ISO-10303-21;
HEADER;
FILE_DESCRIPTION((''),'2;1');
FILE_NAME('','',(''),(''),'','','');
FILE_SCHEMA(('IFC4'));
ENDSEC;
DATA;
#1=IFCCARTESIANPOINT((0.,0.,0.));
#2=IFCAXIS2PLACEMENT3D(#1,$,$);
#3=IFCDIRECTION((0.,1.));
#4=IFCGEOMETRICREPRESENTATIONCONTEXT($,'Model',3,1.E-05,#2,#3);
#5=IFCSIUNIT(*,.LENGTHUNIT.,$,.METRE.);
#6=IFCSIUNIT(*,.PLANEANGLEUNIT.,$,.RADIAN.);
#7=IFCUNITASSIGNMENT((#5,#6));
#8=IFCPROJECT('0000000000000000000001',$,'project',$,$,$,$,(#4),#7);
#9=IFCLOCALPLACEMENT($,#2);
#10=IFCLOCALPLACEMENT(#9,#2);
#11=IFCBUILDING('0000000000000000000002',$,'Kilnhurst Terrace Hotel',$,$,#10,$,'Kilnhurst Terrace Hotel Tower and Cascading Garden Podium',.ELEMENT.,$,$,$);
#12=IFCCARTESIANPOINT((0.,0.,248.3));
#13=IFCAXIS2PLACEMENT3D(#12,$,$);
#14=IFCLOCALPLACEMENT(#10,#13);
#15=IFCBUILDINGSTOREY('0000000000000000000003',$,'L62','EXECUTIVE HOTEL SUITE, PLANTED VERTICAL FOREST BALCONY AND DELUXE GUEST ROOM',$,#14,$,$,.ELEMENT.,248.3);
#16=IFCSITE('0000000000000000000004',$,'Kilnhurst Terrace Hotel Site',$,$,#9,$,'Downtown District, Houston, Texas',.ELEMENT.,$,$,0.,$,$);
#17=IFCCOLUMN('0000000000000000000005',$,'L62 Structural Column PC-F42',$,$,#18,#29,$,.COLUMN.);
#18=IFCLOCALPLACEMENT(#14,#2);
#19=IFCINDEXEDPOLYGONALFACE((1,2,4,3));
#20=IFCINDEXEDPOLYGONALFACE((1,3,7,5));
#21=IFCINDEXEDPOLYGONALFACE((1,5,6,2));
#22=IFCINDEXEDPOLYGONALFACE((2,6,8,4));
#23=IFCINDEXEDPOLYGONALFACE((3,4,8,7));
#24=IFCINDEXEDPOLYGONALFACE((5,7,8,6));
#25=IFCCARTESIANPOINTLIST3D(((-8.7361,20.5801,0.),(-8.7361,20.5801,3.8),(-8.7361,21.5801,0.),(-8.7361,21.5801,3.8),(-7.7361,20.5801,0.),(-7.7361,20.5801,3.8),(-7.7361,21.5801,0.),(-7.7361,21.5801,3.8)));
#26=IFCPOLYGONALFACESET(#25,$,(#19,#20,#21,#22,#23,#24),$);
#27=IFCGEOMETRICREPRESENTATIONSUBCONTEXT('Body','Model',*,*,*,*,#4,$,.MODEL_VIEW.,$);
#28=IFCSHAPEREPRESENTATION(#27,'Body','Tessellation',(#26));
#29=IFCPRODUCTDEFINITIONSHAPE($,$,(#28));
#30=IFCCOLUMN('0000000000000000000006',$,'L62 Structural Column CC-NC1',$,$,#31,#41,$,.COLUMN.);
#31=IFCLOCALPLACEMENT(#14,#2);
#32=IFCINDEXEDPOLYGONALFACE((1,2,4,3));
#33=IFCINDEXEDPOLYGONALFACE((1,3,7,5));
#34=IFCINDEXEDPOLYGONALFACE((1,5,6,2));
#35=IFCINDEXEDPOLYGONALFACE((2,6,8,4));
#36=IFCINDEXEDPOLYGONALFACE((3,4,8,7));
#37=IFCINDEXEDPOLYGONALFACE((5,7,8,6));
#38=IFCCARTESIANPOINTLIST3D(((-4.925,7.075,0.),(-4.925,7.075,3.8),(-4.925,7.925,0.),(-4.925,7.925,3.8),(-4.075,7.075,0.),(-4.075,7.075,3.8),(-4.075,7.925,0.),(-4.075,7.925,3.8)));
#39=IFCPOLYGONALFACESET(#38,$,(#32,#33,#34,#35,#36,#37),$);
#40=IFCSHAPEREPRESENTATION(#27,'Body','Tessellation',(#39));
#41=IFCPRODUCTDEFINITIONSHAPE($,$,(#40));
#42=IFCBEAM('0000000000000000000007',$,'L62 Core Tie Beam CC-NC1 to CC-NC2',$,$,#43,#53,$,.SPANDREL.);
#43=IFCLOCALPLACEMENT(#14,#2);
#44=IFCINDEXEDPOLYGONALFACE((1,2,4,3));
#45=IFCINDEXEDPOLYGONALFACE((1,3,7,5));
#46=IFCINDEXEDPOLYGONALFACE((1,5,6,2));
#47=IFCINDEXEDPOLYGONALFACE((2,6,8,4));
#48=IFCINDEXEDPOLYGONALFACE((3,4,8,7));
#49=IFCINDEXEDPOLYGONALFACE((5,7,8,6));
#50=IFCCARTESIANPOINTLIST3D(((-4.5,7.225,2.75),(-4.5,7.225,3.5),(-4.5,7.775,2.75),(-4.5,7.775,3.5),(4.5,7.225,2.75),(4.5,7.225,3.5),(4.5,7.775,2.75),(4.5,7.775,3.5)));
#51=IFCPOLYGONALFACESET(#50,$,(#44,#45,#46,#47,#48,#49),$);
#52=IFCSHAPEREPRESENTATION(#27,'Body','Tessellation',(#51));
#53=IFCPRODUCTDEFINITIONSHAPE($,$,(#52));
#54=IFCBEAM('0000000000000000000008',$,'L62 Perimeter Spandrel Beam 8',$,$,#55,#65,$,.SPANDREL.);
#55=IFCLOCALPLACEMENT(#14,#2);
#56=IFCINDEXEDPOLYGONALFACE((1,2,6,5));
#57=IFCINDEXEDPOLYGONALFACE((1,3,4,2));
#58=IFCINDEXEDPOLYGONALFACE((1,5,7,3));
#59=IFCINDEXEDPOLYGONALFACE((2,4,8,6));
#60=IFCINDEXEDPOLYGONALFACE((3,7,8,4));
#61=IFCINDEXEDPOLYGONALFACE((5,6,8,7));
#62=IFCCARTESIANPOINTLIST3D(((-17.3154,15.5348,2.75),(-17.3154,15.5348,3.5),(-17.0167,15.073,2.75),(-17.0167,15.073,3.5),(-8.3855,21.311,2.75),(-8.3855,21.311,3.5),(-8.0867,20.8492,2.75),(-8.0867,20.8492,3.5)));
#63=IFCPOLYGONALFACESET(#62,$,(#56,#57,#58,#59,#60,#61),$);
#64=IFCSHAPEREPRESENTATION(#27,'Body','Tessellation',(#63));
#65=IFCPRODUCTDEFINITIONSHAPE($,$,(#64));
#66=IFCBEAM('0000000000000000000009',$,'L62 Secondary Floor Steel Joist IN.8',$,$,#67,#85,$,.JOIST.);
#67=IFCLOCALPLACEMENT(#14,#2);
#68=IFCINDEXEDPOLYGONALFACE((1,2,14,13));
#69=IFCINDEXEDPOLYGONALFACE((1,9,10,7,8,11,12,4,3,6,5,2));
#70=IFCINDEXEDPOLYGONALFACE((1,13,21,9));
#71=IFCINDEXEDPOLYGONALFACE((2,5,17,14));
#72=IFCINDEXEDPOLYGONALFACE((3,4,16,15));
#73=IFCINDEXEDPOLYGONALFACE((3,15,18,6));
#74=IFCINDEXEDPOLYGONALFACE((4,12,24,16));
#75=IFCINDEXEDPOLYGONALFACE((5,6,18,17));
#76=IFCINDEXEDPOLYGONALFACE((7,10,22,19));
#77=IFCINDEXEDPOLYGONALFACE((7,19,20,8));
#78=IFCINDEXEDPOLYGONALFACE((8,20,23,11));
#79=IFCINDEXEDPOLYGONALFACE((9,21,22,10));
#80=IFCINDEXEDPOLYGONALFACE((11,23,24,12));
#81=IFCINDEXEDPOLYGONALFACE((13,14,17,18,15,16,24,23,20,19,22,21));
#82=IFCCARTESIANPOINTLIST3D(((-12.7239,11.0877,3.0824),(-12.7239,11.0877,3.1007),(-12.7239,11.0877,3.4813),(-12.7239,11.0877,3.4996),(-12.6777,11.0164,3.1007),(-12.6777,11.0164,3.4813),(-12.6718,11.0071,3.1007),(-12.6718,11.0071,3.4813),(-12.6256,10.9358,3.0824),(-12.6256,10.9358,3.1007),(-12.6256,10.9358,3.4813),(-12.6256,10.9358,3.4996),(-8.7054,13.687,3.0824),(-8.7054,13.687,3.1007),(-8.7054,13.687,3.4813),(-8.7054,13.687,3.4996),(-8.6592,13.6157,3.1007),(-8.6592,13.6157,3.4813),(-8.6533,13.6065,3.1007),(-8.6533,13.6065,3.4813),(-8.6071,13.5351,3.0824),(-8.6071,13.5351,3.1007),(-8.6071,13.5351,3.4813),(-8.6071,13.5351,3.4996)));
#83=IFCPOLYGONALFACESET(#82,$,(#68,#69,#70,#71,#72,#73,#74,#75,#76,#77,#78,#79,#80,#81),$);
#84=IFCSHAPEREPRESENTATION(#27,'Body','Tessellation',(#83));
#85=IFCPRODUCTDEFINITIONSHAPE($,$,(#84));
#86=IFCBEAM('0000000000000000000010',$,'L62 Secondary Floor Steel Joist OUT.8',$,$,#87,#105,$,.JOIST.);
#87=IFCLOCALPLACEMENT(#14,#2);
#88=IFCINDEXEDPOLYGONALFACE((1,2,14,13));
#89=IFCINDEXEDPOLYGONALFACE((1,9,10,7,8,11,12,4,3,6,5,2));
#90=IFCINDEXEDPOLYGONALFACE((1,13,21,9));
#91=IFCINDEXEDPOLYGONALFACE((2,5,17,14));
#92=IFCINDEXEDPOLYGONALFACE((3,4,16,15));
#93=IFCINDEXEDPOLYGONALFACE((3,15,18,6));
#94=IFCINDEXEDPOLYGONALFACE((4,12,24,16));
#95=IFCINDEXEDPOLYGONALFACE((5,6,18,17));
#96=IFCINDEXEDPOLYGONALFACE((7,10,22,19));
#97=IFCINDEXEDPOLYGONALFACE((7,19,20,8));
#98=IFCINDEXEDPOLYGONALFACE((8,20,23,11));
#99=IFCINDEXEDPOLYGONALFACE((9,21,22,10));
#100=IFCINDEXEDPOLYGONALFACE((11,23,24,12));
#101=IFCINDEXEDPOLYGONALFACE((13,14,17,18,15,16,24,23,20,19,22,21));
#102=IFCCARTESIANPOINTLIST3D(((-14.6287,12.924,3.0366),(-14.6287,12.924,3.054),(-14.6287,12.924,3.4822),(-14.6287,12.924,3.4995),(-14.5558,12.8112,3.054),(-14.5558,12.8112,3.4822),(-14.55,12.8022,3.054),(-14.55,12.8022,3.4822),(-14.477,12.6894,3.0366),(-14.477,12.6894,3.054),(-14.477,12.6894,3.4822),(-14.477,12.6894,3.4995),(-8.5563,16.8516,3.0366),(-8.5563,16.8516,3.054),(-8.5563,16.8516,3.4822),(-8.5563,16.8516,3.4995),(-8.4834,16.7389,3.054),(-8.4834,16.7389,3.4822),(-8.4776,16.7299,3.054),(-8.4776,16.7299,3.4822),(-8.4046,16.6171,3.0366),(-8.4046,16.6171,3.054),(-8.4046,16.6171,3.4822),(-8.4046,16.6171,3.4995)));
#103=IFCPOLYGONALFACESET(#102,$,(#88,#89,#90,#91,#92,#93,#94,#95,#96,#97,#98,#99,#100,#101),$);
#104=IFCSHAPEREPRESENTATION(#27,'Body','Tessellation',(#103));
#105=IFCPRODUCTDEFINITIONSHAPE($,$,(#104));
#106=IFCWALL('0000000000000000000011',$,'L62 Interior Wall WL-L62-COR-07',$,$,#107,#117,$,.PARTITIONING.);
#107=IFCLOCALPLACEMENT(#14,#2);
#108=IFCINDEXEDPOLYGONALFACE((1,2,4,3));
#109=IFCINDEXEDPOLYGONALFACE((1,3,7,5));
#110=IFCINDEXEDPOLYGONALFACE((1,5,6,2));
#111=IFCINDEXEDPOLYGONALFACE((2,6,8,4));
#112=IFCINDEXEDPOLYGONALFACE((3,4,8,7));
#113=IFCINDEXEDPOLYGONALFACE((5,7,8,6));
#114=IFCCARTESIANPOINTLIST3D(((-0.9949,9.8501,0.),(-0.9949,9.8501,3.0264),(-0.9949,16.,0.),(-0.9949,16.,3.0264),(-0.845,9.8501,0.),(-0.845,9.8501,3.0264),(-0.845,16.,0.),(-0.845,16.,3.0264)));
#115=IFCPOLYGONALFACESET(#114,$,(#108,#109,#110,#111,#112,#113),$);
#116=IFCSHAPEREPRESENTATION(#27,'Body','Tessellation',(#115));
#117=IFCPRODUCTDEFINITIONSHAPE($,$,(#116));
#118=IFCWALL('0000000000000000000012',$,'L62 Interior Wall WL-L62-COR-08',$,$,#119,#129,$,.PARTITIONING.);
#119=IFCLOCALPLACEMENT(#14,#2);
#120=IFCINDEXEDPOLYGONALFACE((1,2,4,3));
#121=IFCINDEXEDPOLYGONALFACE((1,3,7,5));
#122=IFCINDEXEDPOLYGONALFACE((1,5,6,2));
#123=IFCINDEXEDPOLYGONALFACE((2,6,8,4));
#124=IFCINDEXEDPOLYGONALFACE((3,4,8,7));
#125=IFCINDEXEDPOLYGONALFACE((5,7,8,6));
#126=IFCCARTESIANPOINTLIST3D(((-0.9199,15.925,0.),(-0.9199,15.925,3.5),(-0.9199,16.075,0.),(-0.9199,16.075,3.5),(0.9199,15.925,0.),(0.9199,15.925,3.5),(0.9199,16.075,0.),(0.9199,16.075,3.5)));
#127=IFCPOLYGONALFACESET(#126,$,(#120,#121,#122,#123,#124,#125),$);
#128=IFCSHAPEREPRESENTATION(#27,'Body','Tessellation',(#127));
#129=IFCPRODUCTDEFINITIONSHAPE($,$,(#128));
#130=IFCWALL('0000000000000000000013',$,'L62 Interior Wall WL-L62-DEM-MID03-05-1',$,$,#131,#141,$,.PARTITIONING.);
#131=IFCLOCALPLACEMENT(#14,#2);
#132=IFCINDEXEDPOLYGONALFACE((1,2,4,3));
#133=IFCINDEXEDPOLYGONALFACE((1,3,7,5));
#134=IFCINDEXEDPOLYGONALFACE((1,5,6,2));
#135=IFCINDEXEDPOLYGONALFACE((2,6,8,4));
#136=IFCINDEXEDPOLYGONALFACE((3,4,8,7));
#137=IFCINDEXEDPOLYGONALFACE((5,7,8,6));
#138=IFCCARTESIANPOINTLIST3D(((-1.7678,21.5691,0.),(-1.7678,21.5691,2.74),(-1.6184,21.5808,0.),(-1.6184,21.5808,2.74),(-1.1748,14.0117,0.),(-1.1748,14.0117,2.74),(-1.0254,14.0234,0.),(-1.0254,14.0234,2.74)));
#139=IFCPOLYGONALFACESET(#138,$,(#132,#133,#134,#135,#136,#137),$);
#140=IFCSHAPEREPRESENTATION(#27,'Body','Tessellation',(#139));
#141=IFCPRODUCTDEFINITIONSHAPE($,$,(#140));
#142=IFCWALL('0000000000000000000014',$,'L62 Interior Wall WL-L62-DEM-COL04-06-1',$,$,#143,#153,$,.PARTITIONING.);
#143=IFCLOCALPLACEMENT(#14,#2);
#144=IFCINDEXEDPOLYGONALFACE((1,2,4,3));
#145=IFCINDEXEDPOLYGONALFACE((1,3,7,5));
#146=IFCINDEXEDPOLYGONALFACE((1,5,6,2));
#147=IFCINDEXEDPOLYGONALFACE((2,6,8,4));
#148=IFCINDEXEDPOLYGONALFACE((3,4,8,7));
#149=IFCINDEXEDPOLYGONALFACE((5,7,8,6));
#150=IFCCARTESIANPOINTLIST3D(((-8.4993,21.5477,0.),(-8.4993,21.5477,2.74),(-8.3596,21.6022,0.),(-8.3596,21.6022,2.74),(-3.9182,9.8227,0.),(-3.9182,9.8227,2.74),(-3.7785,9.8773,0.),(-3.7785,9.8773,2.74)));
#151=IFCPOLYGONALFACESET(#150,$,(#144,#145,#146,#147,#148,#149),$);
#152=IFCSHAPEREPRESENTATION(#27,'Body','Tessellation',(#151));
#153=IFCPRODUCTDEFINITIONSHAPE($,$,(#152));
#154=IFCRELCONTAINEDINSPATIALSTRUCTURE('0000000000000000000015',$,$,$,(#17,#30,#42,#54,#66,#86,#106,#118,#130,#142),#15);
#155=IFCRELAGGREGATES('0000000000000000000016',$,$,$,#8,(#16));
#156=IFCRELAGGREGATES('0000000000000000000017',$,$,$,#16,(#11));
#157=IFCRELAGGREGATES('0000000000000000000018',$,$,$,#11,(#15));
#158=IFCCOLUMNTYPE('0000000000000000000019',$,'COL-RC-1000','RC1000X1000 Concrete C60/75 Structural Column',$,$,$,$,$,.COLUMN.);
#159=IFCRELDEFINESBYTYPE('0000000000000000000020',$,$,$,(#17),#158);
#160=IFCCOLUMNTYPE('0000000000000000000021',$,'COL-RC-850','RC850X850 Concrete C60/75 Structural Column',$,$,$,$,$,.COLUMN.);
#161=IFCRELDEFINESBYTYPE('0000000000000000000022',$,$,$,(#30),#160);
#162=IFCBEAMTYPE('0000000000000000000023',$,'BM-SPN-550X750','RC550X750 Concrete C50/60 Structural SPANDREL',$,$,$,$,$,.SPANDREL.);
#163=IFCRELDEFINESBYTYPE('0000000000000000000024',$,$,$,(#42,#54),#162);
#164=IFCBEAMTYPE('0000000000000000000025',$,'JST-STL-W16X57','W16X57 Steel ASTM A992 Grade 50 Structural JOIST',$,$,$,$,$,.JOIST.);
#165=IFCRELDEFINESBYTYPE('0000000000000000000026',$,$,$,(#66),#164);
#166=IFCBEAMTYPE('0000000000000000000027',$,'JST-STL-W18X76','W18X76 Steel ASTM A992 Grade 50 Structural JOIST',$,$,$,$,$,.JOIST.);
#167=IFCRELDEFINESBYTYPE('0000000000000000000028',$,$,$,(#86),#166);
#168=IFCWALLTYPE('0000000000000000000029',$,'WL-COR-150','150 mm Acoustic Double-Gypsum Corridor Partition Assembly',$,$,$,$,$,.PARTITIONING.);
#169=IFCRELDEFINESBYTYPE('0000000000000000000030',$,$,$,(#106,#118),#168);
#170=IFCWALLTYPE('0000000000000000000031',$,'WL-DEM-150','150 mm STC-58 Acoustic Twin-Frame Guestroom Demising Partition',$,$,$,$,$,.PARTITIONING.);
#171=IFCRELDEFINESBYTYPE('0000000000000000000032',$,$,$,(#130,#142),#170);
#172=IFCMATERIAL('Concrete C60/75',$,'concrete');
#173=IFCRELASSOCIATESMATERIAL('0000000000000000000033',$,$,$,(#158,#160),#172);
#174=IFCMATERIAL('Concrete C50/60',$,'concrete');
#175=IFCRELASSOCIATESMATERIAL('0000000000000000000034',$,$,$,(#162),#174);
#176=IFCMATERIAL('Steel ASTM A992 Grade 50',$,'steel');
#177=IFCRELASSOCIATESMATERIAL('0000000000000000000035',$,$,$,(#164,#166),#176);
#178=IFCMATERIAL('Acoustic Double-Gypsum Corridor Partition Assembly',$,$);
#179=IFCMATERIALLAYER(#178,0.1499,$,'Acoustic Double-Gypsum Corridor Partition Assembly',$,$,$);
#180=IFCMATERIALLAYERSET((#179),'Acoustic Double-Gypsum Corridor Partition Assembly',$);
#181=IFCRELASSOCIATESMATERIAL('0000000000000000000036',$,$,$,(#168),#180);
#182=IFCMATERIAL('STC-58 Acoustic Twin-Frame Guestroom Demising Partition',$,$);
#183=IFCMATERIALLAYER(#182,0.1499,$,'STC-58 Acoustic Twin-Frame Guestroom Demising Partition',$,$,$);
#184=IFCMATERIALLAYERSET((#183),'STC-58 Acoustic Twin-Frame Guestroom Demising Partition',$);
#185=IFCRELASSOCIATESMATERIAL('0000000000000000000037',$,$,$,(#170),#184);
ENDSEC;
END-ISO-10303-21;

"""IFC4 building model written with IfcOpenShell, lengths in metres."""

from ifc_helpers import new_model, si_unit, direction, frame, frame_2d, origin, origin_2d, place, context, subcontext, project, spatial, rectangle, i_section, extrude, material, layer, layer_set, material_profile, profile_set, type_object, element, save


model = new_model("IFC4")

# Units and contexts
model_context = context("Model", 3, precision=1e-05, world=origin(), true_north=direction((0.0, 1.0)))
body_context = subcontext(model_context, "Body", "Model", "MODEL_VIEW")
ifc_project = project(units=[si_unit("LENGTHUNIT", "METRE"), si_unit("PLANEANGLEUNIT", "RADIAN")], contexts=[model_context])

# Site, building, storey
site_placement = place(None, origin())
site = spatial("IfcSite", under=ifc_project, at=site_placement, Name="Kilnhurst Terrace Hotel Site", LongName="Downtown District, Houston, Texas", CompositionType="ELEMENT", RefElevation=0.0)
building_placement = place(site_placement, origin())
building = spatial("IfcBuilding", under=site, at=building_placement, Name="Kilnhurst Terrace Hotel", LongName="Kilnhurst Terrace Hotel Tower and Cascading Garden Podium", CompositionType="ELEMENT")
storey_placement = place(building_placement, frame((0.0, 0.0, 248.3)))
storey = spatial("IfcBuildingStorey", under=building, at=storey_placement, Name="L62", Description="EXECUTIVE HOTEL SUITE, PLANTED VERTICAL FOREST BALCONY AND DELUXE GUEST ROOM", CompositionType="ELEMENT", Elevation=248.3)

# Columns
ifc_material_1 = material(Name="Concrete C60/75", Category="concrete")
ifc_material_profile_1 = material_profile(ifc_material_1, rectangle(XDim=1.0, YDim=1.0, at=origin_2d()), Name="RC1000X1000")
ifc_profile_set_1 = profile_set([ifc_material_profile_1], Name="Concrete C60/75")
column_type_1 = type_object("IfcColumnType", Name="COL-RC-1000", Description="RC1000X1000 Concrete C60/75 Structural Column", PredefinedType="COLUMN", material=ifc_profile_set_1)
column_1_placement = place(storey_placement, frame((-8.2361, 21.0801, 0.0), z_axis=(0.0, 0.0, 1.0), x_axis=(1.0, 0.0, 0.0)))
element("IfcColumn", 1, at=column_1_placement, inside=storey, type_object=column_type_1, Name="L62 Structural Column PC-F42", PredefinedType="COLUMN", context=body_context, shape_type="SweptSolid", body=[
    extrude(rectangle(XDim=1.0, YDim=1.0, at=origin_2d()), origin(), (0.0, 0.0, 1.0), 3.8),
])
ifc_material_profile_2 = material_profile(ifc_material_1, rectangle(XDim=0.8501, YDim=0.8501, at=origin_2d()), Name="RC850X850")
ifc_profile_set_2 = profile_set([ifc_material_profile_2], Name="Concrete C60/75")
column_type_2 = type_object("IfcColumnType", Name="COL-RC-850", Description="RC850X850 Concrete C60/75 Structural Column", PredefinedType="COLUMN", material=ifc_profile_set_2)
column_2_placement = place(storey_placement, frame((-4.5, 7.5, 0.0), z_axis=(0.0, 0.0, 1.0), x_axis=(1.0, 0.0, 0.0)))
element("IfcColumn", 2, at=column_2_placement, inside=storey, type_object=column_type_2, Name="L62 Structural Column CC-NC1", PredefinedType="COLUMN", context=body_context, shape_type="SweptSolid", body=[
    extrude(rectangle(XDim=0.8501, YDim=0.8501, at=origin_2d()), origin(), (0.0, 0.0, 1.0), 3.8),
])

# Beams
ifc_material_2 = material(Name="Concrete C50/60", Category="concrete")
ifc_material_profile_3 = material_profile(ifc_material_2, rectangle(XDim=0.55, YDim=0.75, at=origin_2d()), Name="RC550X750")
ifc_profile_set_3 = profile_set([ifc_material_profile_3], Name="Concrete C50/60")
beam_type_1 = type_object("IfcBeamType", Name="BM-SPN-550X750", Description="RC550X750 Concrete C50/60 Structural SPANDREL", PredefinedType="SPANDREL", material=ifc_profile_set_3)
beam_1_placement = place(storey_placement, frame((-4.5, 7.5, 3.125), z_axis=(1.0, 0.0, 0.0), x_axis=(0.0, 1.0, 0.0)))
element("IfcBeam", 3, at=beam_1_placement, inside=storey, type_object=beam_type_1, Name="L62 Core Tie Beam CC-NC1 to CC-NC2", PredefinedType="SPANDREL", context=body_context, shape_type="SweptSolid", body=[
    extrude(rectangle(XDim=0.55, YDim=0.75, at=origin_2d()), origin(), (0.0, 0.0, 1.0), 9.0),
])
beam_2_placement = place(storey_placement, frame((-8.2361, 21.0801, 3.125), z_axis=(-0.839659, -0.543114, 0.0), x_axis=(0.543114, -0.839659, 0.0)))
element("IfcBeam", 4, at=beam_2_placement, inside=storey, type_object=beam_type_1, Name="L62 Perimeter Spandrel Beam 8", PredefinedType="SPANDREL", context=body_context, shape_type="SweptSolid", body=[
    extrude(rectangle(XDim=0.55, YDim=0.75, at=origin_2d()), origin(), (0.0, 0.0, 1.0), 10.6353),
])
ifc_material_3 = material(Name="Steel ASTM A992 Grade 50", Category="steel")
ifc_material_profile_4 = material_profile(ifc_material_3, i_section(OverallWidth=0.1809, OverallDepth=0.4172, WebThickness=0.011, FlangeThickness=0.0183, at=origin_2d()), Name="W16X57")
ifc_profile_set_4 = profile_set([ifc_material_profile_4], Name="Steel ASTM A992 Grade 50")
beam_type_2 = type_object("IfcBeamType", Name="JST-STL-W16X57", Description="W16X57 Steel ASTM A992 Grade 50 Structural JOIST", PredefinedType="JOIST", material=ifc_profile_set_4)
beam_3_placement = place(storey_placement, frame((-8.6562, 13.6111, 3.291), z_axis=(-0.839654, -0.543122, 0.0), x_axis=(0.543122, -0.839654, 0.0)))
element("IfcBeam", 5, at=beam_3_placement, inside=storey, type_object=beam_type_2, Name="L62 Secondary Floor Steel Joist IN.8", PredefinedType="JOIST", context=body_context, shape_type="SweptSolid", body=[
    extrude(i_section(OverallWidth=0.1809, OverallDepth=0.4172, WebThickness=0.011, FlangeThickness=0.0183, at=origin_2d()), origin(), (0.0, 0.0, 1.0), 4.7859),
])
ifc_material_profile_5 = material_profile(ifc_material_3, i_section(OverallWidth=0.2793, OverallDepth=0.4629, WebThickness=0.0107, FlangeThickness=0.0173, at=origin_2d()), Name="W18X76")
ifc_profile_set_5 = profile_set([ifc_material_profile_5], Name="Steel ASTM A992 Grade 50")
beam_type_3 = type_object("IfcBeamType", Name="JST-STL-W18X76", Description="W18X76 Steel ASTM A992 Grade 50 Structural JOIST", PredefinedType="JOIST", material=ifc_profile_set_5)
beam_4_placement = place(storey_placement, frame((-8.4805, 16.7344, 3.2681), z_axis=(-0.839667, -0.543101, 0.0), x_axis=(0.543101, -0.839667, 0.0)))
element("IfcBeam", 6, at=beam_4_placement, inside=storey, type_object=beam_type_3, Name="L62 Secondary Floor Steel Joist OUT.8", PredefinedType="JOIST", context=body_context, shape_type="SweptSolid", body=[
    extrude(i_section(OverallWidth=0.2793, OverallDepth=0.4629, WebThickness=0.0107, FlangeThickness=0.0173, at=origin_2d()), origin(), (0.0, 0.0, 1.0), 7.2319),
])

# Walls
ifc_material_4 = material(Name="Acoustic Double-Gypsum Corridor Partition Assembly")
ifc_layer_1 = layer(ifc_material_4, 0.1499, Name="Acoustic Double-Gypsum Corridor Partition Assembly")
ifc_layer_set_1 = layer_set([ifc_layer_1], Name="Acoustic Double-Gypsum Corridor Partition Assembly")
wall_type_1 = type_object("IfcWallType", Name="WL-COR-150", Description="150 mm Acoustic Double-Gypsum Corridor Partition Assembly", PredefinedType="PARTITIONING", material=ifc_layer_set_1)
wall_1_placement = place(storey_placement, frame((-0.9199, 9.8501, 0.0), z_axis=(0.0, 0.0, 1.0), x_axis=(0.0, 1.0, 0.0)))
element("IfcWall", 7, at=wall_1_placement, inside=storey, type_object=wall_type_1, Name="L62 Interior Wall WL-L62-COR-07", PredefinedType="PARTITIONING", context=body_context, shape_type="SweptSolid", body=[
    extrude(rectangle(XDim=6.1499, YDim=0.1499, at=frame_2d((3.075, 0.0))), origin(), (0.0, 0.0, 1.0), 3.0264),
])
wall_2_placement = place(storey_placement, frame((-0.9199, 16.0, 0.0), z_axis=(0.0, 0.0, 1.0), x_axis=(1.0, 0.0, 0.0)))
element("IfcWall", 8, at=wall_2_placement, inside=storey, type_object=wall_type_1, Name="L62 Interior Wall WL-L62-COR-08", PredefinedType="PARTITIONING", context=body_context, shape_type="SweptSolid", body=[
    extrude(rectangle(XDim=1.8398, YDim=0.1499, at=frame_2d((0.9199, 0.0))), origin(), (0.0, 0.0, 1.0), 3.5),
])
ifc_material_5 = material(Name="STC-58 Acoustic Twin-Frame Guestroom Demising Partition")
ifc_layer_2 = layer(ifc_material_5, 0.1499, Name="STC-58 Acoustic Twin-Frame Guestroom Demising Partition")
ifc_layer_set_2 = layer_set([ifc_layer_2], Name="STC-58 Acoustic Twin-Frame Guestroom Demising Partition")
wall_type_2 = type_object("IfcWallType", Name="WL-DEM-150", Description="150 mm STC-58 Acoustic Twin-Frame Guestroom Demising Partition", PredefinedType="PARTITIONING", material=ifc_layer_set_2)
wall_3_placement = place(storey_placement, frame((-1.1001, 14.0176, 0.0), z_axis=(0.0, 0.0, 1.0), x_axis=(-0.078228, 0.996935, 0.0)))
element("IfcWall", 9, at=wall_3_placement, inside=storey, type_object=wall_type_2, Name="L62 Interior Wall WL-L62-DEM-MID03-05-1", PredefinedType="PARTITIONING", context=body_context, shape_type="SweptSolid", body=[
    extrude(rectangle(XDim=7.5806, YDim=0.1499, at=frame_2d((3.7903, 0.0))), origin(), (0.0, 0.0, 1.0), 2.74),
])
wall_4_placement = place(storey_placement, frame((-3.8484, 9.8501, 0.0), z_axis=(0.0, 0.0, 1.0), x_axis=(-0.363922, 0.93143, 0.0)))
element("IfcWall", 10, at=wall_4_placement, inside=storey, type_object=wall_type_2, Name="L62 Interior Wall WL-L62-DEM-COL04-06-1", PredefinedType="PARTITIONING", context=body_context, shape_type="SweptSolid", body=[
    extrude(rectangle(XDim=12.5881, YDim=0.1499, at=frame_2d((6.2939, 0.0))), origin(), (0.0, 0.0, 1.0), 2.74),
])

save(model, "model.ifc")
